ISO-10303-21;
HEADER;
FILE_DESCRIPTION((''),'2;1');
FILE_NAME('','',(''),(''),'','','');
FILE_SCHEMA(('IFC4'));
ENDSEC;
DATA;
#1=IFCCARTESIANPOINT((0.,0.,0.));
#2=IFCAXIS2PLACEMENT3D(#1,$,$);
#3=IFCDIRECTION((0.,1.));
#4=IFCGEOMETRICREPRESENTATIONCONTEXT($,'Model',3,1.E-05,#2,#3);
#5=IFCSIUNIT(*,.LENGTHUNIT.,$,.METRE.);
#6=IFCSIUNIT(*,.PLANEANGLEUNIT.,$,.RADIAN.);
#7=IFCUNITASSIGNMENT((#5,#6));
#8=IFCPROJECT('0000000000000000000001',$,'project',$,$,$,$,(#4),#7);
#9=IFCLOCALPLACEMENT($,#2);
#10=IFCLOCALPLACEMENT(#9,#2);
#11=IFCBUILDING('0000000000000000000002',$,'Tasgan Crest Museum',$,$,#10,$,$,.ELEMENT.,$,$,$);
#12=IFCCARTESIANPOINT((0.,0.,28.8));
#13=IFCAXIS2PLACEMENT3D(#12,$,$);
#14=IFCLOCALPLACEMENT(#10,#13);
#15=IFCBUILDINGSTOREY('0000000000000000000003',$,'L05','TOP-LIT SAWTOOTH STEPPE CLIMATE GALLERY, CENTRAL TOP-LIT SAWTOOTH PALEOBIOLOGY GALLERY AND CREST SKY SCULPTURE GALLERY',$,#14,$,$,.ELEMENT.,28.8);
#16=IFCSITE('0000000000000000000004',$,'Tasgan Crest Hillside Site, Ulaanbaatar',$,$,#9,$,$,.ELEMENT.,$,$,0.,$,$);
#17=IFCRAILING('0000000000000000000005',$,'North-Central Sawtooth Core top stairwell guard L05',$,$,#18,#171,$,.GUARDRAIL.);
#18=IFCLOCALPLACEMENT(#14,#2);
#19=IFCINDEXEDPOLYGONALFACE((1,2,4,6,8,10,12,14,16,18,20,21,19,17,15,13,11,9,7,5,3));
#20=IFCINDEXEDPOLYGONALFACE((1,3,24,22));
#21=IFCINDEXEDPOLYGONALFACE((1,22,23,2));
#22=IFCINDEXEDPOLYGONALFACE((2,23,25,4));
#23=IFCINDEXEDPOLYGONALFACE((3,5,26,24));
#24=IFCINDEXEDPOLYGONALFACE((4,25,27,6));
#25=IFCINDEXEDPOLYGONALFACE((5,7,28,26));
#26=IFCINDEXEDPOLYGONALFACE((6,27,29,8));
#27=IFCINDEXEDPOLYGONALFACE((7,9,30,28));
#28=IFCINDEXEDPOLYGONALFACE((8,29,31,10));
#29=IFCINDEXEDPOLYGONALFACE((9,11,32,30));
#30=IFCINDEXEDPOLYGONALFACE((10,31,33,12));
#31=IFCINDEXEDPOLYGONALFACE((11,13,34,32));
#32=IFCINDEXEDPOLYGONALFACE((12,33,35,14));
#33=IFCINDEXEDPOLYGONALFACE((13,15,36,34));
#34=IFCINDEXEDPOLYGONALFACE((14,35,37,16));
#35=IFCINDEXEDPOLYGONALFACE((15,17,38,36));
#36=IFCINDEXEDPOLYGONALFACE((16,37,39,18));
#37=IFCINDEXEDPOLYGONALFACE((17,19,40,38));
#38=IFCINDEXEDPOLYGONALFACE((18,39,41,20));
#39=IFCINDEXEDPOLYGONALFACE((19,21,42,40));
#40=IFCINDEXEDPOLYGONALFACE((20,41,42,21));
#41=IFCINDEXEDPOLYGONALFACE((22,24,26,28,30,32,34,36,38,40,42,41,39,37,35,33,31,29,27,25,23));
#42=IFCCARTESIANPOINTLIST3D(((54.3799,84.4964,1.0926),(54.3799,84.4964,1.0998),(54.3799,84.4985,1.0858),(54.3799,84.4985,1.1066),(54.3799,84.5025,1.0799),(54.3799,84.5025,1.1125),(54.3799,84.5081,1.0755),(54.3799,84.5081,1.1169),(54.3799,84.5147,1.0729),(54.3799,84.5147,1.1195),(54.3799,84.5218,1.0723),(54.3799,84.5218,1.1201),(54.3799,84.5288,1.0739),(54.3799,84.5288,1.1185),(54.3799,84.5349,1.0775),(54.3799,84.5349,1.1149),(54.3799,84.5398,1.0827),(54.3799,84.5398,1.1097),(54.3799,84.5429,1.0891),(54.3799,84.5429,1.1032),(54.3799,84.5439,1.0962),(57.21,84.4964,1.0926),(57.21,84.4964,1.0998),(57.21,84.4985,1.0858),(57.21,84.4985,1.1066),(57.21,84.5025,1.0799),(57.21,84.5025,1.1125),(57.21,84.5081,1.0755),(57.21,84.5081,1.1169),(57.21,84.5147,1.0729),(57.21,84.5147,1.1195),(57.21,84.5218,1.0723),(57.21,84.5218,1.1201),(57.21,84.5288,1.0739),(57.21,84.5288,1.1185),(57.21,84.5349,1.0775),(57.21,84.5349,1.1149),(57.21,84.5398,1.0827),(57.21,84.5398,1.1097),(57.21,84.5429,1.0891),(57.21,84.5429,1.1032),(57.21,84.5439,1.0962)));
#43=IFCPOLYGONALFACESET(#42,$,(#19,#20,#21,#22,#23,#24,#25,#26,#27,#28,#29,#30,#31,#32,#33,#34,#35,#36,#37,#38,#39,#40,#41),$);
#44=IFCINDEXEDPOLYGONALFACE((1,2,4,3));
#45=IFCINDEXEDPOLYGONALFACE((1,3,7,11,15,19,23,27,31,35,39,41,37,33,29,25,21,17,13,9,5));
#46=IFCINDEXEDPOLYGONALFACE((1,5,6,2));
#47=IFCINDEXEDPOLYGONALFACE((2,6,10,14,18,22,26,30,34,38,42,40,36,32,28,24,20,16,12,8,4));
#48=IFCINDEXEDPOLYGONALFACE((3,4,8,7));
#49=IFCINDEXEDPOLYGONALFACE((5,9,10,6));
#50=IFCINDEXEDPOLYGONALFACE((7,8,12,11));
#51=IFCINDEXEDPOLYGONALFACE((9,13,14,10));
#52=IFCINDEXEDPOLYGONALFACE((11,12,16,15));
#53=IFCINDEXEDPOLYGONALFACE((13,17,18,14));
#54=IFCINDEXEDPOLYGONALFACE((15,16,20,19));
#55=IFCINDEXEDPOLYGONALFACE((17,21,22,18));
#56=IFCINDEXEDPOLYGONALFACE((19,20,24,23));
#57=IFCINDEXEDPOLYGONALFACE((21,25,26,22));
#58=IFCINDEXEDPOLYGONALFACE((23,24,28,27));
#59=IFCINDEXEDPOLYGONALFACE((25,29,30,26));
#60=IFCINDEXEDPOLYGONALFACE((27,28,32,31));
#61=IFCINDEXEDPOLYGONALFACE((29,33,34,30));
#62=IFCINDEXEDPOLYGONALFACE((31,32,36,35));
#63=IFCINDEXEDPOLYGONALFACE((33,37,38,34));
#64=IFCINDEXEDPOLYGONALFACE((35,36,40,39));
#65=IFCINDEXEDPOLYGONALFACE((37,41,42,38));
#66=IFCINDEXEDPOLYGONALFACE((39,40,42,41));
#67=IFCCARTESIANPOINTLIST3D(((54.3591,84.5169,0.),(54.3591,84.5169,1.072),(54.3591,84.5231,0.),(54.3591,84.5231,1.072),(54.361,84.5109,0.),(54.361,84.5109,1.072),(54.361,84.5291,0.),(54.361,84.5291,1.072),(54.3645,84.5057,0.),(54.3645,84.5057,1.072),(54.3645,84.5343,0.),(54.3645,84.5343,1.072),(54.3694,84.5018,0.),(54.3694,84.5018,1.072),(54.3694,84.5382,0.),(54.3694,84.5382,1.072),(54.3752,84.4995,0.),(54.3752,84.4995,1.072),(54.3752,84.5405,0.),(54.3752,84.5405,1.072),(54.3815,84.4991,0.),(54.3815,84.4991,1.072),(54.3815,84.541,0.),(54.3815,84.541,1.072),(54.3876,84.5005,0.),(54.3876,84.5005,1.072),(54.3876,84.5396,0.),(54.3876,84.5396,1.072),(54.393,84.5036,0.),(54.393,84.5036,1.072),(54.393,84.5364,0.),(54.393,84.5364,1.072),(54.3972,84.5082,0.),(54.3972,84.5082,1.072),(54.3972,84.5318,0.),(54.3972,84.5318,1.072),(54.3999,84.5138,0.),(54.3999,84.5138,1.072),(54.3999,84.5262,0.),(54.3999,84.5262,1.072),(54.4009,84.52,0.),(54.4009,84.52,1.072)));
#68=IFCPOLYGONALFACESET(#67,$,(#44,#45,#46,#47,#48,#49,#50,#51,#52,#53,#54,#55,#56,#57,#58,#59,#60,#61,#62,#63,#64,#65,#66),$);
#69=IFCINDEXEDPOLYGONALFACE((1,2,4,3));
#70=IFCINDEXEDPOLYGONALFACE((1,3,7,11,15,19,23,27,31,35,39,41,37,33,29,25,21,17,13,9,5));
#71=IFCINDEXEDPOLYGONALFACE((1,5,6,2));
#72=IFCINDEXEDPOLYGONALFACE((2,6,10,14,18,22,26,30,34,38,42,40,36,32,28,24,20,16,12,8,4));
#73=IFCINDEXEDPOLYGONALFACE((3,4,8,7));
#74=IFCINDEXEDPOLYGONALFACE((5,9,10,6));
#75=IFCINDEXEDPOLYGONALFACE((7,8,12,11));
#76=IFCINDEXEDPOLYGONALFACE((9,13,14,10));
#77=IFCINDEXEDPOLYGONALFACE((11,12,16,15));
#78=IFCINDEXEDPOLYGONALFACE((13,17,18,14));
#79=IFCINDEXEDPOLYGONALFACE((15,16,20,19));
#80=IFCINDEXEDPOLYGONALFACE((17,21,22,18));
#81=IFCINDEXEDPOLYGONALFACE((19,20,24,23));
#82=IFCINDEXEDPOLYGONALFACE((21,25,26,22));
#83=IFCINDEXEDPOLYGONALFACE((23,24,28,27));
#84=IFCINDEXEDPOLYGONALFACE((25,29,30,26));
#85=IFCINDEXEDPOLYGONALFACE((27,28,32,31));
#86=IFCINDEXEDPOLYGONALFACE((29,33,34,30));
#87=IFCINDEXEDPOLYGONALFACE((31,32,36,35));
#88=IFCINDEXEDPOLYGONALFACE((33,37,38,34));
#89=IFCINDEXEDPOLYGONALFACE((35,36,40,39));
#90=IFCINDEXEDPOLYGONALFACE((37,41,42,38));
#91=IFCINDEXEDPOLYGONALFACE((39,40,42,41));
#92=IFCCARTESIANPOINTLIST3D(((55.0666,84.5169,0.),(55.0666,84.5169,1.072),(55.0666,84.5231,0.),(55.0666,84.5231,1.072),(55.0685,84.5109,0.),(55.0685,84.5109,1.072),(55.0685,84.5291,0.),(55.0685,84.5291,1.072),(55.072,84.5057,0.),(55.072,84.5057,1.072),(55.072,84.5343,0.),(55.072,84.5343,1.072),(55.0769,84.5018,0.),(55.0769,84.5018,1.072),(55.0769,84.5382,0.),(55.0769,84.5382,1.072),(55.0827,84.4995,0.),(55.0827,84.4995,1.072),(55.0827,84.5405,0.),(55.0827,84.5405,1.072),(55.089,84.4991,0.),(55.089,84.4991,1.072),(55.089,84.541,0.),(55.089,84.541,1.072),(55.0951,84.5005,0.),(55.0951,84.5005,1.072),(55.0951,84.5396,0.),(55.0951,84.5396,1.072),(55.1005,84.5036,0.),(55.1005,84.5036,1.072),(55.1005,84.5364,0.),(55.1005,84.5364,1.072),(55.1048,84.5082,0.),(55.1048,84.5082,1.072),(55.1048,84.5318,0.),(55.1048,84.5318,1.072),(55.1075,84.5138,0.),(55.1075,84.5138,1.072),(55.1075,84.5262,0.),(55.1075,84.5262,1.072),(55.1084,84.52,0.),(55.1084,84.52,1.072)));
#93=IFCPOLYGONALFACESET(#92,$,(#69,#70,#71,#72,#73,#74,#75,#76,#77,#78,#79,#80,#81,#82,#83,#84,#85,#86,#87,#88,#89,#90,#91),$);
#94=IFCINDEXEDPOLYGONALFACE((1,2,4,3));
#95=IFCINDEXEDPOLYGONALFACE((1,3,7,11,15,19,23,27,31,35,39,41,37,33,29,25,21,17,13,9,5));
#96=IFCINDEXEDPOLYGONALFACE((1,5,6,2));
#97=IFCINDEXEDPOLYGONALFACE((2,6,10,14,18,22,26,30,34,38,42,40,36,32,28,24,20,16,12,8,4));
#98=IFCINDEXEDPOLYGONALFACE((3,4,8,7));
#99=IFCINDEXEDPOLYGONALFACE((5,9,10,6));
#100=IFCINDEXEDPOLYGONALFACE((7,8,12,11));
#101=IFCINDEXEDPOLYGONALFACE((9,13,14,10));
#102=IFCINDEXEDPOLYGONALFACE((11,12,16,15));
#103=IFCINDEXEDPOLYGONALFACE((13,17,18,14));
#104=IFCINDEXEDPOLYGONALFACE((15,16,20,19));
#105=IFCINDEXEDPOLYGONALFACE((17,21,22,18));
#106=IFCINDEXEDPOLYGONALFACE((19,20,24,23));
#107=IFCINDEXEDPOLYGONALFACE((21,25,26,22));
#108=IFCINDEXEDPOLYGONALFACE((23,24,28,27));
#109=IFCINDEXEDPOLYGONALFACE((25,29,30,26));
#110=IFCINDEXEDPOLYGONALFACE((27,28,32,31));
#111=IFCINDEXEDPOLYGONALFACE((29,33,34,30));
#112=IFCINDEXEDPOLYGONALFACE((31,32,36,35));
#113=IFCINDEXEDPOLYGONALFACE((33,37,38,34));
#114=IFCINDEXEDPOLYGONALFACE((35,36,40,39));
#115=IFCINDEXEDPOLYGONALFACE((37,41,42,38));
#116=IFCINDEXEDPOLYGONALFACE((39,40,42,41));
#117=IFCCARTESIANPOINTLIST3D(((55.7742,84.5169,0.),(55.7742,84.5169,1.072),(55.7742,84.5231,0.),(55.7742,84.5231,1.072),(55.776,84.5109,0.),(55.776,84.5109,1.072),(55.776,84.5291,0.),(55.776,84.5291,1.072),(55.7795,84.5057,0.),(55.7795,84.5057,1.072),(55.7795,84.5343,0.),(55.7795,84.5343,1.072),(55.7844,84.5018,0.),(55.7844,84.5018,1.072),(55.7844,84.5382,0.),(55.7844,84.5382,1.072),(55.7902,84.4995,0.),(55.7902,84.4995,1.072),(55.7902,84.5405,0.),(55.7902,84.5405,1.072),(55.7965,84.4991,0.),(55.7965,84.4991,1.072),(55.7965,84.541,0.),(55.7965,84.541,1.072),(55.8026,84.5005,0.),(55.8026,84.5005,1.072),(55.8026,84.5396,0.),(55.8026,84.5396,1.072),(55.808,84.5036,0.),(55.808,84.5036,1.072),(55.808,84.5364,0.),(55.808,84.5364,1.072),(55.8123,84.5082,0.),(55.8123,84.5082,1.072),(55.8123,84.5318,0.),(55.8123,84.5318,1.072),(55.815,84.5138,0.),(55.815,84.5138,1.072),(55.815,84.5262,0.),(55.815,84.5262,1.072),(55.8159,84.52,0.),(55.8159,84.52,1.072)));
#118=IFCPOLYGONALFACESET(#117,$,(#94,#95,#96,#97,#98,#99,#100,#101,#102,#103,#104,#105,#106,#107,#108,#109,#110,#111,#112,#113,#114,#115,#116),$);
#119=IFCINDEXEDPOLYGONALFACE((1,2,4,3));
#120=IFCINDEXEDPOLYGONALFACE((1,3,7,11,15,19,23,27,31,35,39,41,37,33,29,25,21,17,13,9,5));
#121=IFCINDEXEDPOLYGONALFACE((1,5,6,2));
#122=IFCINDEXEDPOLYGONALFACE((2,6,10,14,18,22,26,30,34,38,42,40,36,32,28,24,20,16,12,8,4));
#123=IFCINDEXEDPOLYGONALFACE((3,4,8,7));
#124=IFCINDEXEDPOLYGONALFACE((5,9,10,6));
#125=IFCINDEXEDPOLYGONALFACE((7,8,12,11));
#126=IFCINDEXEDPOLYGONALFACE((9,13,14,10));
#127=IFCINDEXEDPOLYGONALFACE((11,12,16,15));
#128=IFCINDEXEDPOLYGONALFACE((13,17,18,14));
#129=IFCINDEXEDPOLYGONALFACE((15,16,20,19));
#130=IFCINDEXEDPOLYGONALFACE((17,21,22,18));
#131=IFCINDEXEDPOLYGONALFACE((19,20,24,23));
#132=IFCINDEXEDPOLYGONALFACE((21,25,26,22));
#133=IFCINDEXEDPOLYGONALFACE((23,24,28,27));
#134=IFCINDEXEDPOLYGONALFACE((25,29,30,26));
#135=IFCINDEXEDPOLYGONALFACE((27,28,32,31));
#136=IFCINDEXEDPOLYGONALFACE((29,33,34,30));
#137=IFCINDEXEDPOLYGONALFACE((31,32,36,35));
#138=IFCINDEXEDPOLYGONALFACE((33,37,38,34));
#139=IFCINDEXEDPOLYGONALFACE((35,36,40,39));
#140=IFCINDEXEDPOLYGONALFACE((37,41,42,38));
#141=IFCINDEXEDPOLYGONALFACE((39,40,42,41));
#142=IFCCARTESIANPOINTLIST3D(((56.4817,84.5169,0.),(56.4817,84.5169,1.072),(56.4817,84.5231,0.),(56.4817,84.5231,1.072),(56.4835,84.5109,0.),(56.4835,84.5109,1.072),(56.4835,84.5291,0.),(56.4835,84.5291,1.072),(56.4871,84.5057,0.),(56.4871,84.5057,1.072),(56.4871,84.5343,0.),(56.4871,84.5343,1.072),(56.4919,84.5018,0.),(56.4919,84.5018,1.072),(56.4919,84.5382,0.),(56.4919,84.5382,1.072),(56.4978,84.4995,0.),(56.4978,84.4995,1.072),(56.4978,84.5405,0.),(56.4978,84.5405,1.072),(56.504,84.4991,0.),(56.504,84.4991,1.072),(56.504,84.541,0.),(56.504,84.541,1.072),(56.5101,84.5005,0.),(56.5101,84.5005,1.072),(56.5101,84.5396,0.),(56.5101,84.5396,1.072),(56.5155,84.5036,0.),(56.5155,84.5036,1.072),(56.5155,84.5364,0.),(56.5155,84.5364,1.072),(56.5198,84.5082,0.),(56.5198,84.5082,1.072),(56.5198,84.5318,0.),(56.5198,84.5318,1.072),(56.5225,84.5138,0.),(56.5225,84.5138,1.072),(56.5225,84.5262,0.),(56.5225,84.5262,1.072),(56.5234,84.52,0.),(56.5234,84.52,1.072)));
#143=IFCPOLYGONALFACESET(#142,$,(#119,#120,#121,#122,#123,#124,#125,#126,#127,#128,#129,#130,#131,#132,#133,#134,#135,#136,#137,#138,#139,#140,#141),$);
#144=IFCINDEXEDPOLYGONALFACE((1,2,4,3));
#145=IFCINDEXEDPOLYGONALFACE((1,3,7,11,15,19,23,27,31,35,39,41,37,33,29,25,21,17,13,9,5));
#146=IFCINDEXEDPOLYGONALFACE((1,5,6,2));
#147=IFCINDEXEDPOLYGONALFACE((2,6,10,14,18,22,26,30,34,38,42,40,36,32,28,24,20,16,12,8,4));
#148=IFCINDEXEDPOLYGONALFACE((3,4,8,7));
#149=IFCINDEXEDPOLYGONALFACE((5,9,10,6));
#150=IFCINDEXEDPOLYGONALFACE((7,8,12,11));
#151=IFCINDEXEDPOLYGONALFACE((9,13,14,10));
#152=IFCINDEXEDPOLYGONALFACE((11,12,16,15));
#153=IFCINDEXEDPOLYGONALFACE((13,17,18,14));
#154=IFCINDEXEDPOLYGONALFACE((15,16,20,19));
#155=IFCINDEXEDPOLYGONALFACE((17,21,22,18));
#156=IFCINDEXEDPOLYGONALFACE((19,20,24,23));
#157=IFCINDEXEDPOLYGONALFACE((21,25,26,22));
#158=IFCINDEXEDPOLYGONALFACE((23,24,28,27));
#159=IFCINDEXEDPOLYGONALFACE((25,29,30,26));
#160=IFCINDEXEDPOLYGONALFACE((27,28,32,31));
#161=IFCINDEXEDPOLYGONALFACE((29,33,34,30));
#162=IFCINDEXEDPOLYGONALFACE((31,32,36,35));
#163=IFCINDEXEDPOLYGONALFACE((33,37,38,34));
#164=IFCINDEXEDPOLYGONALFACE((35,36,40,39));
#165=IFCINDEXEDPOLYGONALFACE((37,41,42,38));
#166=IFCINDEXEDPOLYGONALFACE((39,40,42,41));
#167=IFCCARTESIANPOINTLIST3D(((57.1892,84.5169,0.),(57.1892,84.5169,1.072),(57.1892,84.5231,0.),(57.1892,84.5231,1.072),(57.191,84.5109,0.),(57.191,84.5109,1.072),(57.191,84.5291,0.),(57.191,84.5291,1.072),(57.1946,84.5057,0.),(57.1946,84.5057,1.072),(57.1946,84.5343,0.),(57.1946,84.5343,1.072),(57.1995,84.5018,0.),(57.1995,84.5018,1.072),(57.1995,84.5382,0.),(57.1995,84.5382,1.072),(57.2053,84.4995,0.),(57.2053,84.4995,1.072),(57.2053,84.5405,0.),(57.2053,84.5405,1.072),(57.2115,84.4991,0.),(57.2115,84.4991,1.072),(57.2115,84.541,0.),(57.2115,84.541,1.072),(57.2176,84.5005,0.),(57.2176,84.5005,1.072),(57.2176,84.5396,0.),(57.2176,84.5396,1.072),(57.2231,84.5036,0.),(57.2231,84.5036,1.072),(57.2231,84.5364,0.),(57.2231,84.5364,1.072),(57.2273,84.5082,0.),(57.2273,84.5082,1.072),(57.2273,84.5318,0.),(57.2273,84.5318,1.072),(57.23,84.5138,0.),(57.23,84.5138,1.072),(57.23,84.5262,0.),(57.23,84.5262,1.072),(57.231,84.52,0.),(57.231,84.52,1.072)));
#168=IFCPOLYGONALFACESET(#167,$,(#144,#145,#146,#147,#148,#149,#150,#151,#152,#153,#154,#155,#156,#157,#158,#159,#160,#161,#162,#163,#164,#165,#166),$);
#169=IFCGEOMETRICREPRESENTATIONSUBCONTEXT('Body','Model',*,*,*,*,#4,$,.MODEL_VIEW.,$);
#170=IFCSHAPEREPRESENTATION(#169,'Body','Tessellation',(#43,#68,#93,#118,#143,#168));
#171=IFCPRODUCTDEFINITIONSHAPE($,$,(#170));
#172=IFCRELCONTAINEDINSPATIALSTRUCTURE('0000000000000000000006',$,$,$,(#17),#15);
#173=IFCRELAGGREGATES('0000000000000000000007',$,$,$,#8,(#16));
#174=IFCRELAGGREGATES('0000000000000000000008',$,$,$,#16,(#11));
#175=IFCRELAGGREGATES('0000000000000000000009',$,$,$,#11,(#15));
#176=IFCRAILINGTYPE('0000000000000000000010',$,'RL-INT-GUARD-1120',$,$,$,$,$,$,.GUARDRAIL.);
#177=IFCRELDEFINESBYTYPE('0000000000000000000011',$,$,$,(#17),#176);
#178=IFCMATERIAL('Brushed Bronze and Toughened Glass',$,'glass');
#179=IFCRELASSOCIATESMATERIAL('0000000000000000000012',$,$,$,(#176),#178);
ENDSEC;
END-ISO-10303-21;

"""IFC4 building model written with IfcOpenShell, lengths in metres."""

from ifc_helpers import new_model, si_unit, direction, frame, origin, origin_2d, place, context, subcontext, project, spatial, circle, extrude, material, type_object, element, save


model = new_model("IFC4")

# Units and contexts
model_context = context("Model", 3, precision=1e-05, world=origin(), true_north=direction((0.0, 1.0)))
body_context = subcontext(model_context, "Body", "Model", "MODEL_VIEW")
ifc_project = project(units=[si_unit("LENGTHUNIT", "METRE"), si_unit("PLANEANGLEUNIT", "RADIAN")], contexts=[model_context])

# Site, building, storey
site_placement = place(None, origin())
site = spatial("IfcSite", under=ifc_project, at=site_placement, Name="Tasgan Crest Hillside Site, Ulaanbaatar", CompositionType="ELEMENT", RefElevation=0.0)
building_placement = place(site_placement, origin())
building = spatial("IfcBuilding", under=site, at=building_placement, Name="Tasgan Crest Museum", CompositionType="ELEMENT")
storey_placement = place(building_placement, frame((0.0, 0.0, 28.8)))
storey = spatial("IfcBuildingStorey", under=building, at=storey_placement, Name="L05", Description="TOP-LIT SAWTOOTH STEPPE CLIMATE GALLERY, CENTRAL TOP-LIT SAWTOOTH PALEOBIOLOGY GALLERY AND CREST SKY SCULPTURE GALLERY", CompositionType="ELEMENT", Elevation=28.8)

# Railing
ifc_material_1 = material(Name="Brushed Bronze and Toughened Glass", Category="glass")
railing_type = type_object("IfcRailingType", Name="RL-INT-GUARD-1120", PredefinedType="GUARDRAIL", material=ifc_material_1)
railing_placement = place(storey_placement, frame((54.3799, 84.52, 0.0)))
element("IfcRailing", 1, at=railing_placement, inside=storey, type_object=railing_type, Name="North-Central Sawtooth Core top stairwell guard L05", PredefinedType="GUARDRAIL", context=body_context, shape_type="SweptSolid", body=[
    extrude(circle(Radius=0.0239, at=origin_2d()), frame((0.0, 0.0, 1.0962), z_axis=(1.0, 0.0, 0.0), x_axis=(0.0, 1.0, 0.0)), (0.0, 0.0, 1.0), 2.8301),
    extrude(circle(Radius=0.021, at=origin_2d()), origin(), (0.0, 0.0, 1.0), 1.072),
    extrude(circle(Radius=0.021, at=origin_2d()), frame((0.7075, 0.0, 0.0)), (0.0, 0.0, 1.0), 1.072),
    extrude(circle(Radius=0.021, at=origin_2d()), frame((1.415, 0.0, 0.0)), (0.0, 0.0, 1.0), 1.072),
    extrude(circle(Radius=0.021, at=origin_2d()), frame((2.1226, 0.0, 0.0)), (0.0, 0.0, 1.0), 1.072),
    extrude(circle(Radius=0.021, at=origin_2d()), frame((2.8301, 0.0, 0.0)), (0.0, 0.0, 1.0), 1.072),
])

save(model, "model.ifc")
